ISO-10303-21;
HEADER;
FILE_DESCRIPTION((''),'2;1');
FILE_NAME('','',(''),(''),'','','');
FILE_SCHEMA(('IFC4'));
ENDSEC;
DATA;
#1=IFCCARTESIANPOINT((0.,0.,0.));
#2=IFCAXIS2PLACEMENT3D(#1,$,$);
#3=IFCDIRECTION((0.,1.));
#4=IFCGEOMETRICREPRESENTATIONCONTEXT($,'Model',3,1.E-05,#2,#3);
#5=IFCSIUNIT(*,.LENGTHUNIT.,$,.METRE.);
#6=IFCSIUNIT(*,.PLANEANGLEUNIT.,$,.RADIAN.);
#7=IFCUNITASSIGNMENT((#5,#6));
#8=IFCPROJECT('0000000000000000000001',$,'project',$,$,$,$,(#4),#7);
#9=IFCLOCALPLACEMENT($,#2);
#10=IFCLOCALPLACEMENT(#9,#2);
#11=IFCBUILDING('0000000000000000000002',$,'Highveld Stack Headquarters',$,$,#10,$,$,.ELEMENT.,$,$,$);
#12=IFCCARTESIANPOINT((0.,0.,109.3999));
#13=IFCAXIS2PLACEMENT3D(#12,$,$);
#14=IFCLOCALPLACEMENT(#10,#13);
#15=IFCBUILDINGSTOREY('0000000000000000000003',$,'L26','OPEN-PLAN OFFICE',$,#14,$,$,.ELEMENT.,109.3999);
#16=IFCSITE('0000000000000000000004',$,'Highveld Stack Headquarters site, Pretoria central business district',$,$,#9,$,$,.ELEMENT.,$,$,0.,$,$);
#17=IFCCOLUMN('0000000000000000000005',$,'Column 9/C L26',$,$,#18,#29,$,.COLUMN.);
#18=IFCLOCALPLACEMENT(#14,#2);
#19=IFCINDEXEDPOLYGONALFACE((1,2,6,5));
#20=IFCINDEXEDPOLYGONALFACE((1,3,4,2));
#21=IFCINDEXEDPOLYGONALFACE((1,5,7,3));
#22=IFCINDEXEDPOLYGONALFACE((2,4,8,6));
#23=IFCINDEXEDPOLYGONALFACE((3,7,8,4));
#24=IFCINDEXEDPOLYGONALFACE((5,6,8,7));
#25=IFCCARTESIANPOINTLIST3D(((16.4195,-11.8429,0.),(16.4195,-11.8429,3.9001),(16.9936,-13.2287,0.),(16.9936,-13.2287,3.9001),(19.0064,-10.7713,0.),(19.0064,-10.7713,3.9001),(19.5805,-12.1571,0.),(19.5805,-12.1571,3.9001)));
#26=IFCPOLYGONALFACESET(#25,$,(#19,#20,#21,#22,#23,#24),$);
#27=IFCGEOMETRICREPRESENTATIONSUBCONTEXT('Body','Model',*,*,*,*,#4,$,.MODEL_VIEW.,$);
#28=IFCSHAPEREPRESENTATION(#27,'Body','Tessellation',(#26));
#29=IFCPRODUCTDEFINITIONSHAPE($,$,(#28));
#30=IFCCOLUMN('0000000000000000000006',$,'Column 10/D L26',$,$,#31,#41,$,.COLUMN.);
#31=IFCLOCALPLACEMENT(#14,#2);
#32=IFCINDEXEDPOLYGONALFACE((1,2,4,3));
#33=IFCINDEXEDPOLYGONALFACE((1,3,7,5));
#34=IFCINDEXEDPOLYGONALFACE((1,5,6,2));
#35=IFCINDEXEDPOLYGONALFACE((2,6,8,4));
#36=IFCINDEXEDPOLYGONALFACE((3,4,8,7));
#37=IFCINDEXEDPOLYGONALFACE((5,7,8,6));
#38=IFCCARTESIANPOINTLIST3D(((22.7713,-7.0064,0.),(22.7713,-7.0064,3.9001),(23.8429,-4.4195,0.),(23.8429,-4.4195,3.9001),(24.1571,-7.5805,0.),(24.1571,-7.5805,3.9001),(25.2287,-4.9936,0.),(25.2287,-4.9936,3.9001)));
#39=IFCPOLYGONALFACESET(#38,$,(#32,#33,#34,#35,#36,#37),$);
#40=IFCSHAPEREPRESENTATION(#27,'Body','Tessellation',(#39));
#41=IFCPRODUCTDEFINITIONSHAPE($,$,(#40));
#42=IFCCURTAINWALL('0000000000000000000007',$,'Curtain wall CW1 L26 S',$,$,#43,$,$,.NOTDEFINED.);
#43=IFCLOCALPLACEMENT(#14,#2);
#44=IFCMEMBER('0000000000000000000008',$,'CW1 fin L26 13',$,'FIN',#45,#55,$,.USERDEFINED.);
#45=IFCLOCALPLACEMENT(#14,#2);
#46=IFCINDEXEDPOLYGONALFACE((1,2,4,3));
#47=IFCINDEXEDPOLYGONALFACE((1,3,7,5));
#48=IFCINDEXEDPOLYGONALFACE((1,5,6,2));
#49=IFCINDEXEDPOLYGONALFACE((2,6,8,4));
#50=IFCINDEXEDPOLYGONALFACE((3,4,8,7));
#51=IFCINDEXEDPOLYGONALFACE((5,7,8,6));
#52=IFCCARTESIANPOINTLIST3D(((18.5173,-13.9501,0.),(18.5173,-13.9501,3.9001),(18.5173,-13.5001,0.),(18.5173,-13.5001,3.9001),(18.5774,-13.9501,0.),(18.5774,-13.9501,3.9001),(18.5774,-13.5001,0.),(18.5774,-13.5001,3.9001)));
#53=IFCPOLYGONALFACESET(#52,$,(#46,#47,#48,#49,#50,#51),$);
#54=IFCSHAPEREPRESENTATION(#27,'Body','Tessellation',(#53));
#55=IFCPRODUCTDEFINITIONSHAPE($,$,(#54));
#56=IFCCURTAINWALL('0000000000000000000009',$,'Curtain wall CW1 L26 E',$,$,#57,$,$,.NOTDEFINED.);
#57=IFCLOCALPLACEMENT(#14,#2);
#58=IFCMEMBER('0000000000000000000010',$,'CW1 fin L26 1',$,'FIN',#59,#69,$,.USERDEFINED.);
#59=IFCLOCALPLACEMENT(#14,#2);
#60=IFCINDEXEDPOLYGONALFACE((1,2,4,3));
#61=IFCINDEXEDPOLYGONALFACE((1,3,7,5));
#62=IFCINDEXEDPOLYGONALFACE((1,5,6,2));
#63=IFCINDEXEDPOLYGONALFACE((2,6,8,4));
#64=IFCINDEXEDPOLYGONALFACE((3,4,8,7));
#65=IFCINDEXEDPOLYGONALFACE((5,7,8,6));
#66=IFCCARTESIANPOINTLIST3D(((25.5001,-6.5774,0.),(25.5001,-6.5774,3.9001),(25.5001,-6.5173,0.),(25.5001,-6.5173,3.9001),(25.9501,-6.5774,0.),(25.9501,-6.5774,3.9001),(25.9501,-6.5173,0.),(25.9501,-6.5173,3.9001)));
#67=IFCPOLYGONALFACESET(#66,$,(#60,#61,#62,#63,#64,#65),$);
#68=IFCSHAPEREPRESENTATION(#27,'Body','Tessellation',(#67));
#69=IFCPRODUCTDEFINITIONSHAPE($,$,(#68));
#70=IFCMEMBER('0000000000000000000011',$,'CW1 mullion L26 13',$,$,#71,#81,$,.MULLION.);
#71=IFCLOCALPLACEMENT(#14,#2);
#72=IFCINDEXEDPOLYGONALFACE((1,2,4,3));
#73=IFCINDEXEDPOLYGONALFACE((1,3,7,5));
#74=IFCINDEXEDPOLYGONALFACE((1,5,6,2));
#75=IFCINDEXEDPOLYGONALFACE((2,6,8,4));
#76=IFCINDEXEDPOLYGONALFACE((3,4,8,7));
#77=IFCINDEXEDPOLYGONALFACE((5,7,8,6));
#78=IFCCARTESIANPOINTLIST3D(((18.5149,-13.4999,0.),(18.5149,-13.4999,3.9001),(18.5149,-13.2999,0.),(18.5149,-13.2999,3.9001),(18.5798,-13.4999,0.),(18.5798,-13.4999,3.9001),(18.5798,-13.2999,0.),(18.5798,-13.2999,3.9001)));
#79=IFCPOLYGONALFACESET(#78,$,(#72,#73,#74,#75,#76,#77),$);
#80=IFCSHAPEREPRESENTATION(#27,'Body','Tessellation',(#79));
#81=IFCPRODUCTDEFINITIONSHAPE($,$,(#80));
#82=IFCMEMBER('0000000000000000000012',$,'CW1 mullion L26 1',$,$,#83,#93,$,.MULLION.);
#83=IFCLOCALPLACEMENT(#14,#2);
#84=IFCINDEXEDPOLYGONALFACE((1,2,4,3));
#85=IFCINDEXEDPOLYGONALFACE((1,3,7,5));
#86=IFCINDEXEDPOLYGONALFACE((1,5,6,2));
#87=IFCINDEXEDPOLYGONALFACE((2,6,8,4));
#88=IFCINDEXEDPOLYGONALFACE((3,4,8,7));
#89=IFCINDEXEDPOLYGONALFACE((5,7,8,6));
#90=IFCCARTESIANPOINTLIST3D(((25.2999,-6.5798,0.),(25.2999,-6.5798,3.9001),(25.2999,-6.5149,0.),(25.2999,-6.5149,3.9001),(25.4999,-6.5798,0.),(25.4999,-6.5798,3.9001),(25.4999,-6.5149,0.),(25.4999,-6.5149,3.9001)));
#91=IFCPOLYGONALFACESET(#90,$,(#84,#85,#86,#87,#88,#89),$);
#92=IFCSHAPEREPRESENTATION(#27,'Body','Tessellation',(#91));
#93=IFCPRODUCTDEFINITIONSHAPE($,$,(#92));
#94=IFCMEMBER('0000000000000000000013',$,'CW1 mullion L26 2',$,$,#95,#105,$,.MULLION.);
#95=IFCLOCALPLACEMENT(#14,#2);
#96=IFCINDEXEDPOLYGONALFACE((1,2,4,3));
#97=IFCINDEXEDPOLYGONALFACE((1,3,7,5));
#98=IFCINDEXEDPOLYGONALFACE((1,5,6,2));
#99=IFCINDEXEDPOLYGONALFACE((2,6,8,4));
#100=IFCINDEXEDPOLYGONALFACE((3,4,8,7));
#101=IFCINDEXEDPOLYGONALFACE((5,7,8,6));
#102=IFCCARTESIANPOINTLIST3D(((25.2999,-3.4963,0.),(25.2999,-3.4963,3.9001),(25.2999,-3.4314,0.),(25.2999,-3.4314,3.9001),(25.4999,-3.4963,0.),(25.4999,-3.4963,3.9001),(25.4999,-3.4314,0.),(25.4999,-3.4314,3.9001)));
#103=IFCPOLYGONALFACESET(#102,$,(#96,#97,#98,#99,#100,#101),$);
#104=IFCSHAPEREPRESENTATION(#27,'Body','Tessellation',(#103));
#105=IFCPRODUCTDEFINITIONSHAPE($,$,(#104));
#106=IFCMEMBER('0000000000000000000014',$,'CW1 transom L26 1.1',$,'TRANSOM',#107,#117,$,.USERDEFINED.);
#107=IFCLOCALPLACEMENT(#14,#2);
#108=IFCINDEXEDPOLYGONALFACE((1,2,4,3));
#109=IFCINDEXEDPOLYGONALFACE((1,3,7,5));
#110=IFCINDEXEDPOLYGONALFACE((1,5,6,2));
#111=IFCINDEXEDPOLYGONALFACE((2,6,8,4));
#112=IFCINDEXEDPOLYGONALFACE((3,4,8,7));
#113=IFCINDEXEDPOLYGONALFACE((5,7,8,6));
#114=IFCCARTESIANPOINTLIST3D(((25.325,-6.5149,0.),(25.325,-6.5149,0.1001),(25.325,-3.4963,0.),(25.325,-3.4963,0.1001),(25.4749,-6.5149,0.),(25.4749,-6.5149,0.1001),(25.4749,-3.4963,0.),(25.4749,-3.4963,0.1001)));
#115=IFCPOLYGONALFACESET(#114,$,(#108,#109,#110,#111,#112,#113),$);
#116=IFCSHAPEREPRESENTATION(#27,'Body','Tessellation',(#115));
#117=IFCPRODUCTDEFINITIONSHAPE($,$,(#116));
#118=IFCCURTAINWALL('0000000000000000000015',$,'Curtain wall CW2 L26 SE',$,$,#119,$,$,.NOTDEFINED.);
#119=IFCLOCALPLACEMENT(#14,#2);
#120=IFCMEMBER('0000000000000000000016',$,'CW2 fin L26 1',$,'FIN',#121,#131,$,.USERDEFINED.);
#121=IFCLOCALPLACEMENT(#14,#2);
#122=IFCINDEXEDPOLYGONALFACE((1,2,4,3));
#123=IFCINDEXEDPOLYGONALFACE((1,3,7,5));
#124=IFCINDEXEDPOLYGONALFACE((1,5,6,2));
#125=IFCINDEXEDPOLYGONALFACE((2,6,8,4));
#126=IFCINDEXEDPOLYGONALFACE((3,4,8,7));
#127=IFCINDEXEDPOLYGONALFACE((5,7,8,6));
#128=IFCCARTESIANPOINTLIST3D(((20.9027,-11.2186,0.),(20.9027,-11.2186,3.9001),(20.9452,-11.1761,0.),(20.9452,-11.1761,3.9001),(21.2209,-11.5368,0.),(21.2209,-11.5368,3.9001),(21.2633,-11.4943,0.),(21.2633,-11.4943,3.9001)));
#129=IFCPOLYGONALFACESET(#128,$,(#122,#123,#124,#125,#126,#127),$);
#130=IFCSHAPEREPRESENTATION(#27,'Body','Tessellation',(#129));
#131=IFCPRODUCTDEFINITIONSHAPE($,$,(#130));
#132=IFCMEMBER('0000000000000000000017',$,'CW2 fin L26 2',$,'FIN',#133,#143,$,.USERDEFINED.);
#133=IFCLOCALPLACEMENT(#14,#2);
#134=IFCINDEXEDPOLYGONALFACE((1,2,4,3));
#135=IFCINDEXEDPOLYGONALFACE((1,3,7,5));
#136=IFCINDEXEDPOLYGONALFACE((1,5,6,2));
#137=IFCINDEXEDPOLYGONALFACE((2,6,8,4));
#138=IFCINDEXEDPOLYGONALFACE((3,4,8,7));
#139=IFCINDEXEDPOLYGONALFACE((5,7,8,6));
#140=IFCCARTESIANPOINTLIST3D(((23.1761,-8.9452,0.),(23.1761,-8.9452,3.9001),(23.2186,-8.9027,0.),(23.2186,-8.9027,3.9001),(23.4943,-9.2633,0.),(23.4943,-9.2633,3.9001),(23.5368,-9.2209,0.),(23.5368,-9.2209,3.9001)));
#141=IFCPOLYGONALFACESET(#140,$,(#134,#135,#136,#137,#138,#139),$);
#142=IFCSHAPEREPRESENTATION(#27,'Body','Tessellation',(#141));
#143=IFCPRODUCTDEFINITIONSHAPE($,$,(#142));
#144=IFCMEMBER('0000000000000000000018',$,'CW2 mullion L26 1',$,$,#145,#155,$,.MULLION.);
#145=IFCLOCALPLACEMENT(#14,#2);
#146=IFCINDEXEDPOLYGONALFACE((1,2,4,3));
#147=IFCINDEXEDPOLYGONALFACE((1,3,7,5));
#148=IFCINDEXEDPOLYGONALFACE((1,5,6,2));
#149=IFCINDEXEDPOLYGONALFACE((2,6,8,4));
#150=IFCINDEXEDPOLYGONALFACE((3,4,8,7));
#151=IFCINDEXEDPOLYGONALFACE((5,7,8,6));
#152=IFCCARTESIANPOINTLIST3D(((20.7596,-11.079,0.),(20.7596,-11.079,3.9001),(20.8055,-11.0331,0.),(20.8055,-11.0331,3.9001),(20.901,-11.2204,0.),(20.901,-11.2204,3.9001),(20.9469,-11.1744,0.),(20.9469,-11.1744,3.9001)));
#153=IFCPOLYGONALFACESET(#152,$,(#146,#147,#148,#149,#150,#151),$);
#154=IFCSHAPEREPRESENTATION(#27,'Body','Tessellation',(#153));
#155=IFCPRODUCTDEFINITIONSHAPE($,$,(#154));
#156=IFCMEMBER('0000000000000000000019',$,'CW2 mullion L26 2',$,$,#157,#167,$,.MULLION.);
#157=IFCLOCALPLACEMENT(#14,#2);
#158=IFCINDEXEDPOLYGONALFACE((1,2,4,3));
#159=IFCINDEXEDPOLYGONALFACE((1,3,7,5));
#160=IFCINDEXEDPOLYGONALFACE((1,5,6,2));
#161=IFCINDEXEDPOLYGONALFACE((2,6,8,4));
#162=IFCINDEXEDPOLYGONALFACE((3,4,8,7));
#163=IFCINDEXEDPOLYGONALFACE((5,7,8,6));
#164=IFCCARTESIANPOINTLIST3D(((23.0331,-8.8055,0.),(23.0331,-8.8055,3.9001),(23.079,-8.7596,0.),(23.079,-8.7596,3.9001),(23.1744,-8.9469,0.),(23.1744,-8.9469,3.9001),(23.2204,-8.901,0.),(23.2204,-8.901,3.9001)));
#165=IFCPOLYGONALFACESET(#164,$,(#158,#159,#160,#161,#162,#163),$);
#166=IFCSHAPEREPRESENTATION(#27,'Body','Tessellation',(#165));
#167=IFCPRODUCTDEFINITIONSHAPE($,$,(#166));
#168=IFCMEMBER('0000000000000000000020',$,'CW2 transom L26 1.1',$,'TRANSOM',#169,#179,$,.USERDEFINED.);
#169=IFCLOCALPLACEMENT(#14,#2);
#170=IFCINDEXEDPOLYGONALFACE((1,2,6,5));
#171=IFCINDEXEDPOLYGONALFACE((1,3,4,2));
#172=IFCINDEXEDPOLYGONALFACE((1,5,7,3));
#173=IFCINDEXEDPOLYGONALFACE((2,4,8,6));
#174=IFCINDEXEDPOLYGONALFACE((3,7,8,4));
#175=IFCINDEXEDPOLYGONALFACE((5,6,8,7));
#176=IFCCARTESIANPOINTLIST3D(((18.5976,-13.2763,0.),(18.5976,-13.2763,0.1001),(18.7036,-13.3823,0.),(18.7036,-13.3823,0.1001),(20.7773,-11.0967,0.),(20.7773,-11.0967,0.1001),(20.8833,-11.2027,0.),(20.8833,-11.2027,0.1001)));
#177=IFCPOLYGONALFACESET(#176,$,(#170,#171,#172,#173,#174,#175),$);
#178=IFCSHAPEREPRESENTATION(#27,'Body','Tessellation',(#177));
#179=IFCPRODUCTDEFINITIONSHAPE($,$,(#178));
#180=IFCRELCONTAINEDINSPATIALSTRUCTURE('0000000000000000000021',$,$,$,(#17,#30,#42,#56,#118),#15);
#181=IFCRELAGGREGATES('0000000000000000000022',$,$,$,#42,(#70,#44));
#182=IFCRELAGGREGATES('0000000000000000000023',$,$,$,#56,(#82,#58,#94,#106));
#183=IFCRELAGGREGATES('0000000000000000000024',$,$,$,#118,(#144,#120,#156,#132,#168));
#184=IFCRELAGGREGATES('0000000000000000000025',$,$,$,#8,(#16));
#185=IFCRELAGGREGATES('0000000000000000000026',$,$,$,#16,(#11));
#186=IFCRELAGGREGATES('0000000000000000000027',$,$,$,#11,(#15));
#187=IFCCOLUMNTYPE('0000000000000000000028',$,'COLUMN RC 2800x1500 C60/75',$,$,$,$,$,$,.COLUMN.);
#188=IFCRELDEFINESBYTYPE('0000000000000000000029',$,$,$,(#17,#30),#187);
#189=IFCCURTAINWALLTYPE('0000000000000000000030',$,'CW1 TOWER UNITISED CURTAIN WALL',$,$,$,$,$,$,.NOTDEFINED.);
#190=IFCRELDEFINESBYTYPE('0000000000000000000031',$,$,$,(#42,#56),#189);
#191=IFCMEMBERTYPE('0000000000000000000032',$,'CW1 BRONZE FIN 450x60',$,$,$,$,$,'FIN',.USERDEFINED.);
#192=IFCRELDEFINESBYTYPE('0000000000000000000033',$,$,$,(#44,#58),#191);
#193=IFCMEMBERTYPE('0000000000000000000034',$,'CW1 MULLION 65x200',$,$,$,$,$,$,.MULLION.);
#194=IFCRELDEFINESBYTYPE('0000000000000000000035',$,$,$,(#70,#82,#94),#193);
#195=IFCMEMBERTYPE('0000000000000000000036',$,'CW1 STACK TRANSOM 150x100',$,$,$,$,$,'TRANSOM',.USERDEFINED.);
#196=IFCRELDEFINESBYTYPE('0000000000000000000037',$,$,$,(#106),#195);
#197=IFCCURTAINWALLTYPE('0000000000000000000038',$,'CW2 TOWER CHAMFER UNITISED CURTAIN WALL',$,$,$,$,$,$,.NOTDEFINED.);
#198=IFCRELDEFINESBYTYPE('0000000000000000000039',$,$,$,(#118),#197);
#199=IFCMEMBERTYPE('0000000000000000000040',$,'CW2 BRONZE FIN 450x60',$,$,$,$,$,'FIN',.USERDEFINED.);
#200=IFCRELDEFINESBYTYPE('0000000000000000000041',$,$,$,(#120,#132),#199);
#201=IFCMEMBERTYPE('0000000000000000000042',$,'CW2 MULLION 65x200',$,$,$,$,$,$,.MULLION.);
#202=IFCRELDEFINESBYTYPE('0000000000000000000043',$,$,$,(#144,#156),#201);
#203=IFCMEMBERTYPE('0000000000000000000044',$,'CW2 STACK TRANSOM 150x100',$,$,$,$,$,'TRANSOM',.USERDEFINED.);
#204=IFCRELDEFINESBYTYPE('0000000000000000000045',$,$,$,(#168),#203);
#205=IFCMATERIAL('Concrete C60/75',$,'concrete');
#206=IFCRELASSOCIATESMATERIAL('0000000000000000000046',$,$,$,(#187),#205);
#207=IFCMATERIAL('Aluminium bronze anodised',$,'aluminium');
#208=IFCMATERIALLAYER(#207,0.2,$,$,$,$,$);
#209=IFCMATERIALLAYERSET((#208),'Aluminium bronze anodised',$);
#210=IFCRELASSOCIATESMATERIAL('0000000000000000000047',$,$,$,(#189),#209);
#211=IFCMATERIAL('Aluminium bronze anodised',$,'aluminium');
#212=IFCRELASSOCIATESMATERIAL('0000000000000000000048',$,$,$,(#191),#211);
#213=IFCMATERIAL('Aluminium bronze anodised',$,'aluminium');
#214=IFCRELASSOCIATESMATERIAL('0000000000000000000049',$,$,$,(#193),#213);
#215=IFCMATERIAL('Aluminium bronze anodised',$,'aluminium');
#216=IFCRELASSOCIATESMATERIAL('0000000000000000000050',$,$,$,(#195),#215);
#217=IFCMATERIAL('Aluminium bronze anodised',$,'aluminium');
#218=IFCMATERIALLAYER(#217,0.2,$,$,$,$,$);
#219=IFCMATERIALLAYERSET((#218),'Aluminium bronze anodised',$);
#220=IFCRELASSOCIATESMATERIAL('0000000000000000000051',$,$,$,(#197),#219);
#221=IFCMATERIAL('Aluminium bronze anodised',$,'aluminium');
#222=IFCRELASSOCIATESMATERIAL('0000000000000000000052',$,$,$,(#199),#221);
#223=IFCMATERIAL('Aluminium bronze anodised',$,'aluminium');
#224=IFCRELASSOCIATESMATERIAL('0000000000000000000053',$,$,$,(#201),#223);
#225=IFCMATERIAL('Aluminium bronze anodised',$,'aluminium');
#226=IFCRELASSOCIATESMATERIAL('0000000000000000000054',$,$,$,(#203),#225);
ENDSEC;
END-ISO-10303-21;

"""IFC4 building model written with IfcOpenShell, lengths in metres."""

from ifc_helpers import new_model, si_unit, direction, frame, origin, origin_2d, place, context, subcontext, project, spatial, rectangle, extrude, material, layer, layer_set, material_profile, profile_set, type_object, element, aggregate, save


model = new_model("IFC4")

# Units and contexts
model_context = context("Model", 3, precision=1e-05, world=origin(), true_north=direction((0.0, 1.0)))
body_context = subcontext(model_context, "Body", "Model", "MODEL_VIEW")
ifc_project = project(units=[si_unit("LENGTHUNIT", "METRE"), si_unit("PLANEANGLEUNIT", "RADIAN")], contexts=[model_context])

# Site, building, storey
site_placement = place(None, origin())
site = spatial("IfcSite", under=ifc_project, at=site_placement, Name="Highveld Stack Headquarters site, Pretoria central business district", CompositionType="ELEMENT", RefElevation=0.0)
building_placement = place(site_placement, origin())
building = spatial("IfcBuilding", under=site, at=building_placement, Name="Highveld Stack Headquarters", CompositionType="ELEMENT")
storey_placement = place(building_placement, frame((0.0, 0.0, 109.3999)))
storey = spatial("IfcBuildingStorey", under=building, at=storey_placement, Name="L26", Description="OPEN-PLAN OFFICE", CompositionType="ELEMENT", Elevation=109.3999)

# Columns
ifc_material_1 = material(Name="Concrete C60/75", Category="concrete")
ifc_material_profile_1 = material_profile(ifc_material_1, rectangle(XDim=2.8, YDim=1.5, at=origin_2d()), Name="RC 2800x1500")
ifc_profile_set_1 = profile_set([ifc_material_profile_1], Name="Concrete C60/75")
column_type = type_object("IfcColumnType", Name="COLUMN RC 2800x1500 C60/75", PredefinedType="COLUMN", material=ifc_profile_set_1)
for number, where, z_axis, x_axis, name in (
    (1, (18.0, -12.0, 0.0), (0.0, 0.0, 1.0), (-0.92388, -0.382683, 0.0), "Column 9/C L26"),
    (2, (24.0, -6.0, 0.0), (0.0, 0.0, 1.0), (-0.382683, -0.92388, 0.0), "Column 10/D L26"),
):
    element("IfcColumn", number, at=place(storey_placement, frame(where, z_axis=z_axis, x_axis=x_axis)), inside=storey, type_object=column_type, Name=name, PredefinedType="COLUMN", context=body_context, shape_type="SweptSolid", body=[
        extrude(rectangle(XDim=2.8, YDim=1.5, at=origin_2d()), origin(), (0.0, 0.0, 1.0), 3.9001),
    ])

# Curtain walls, members
ifc_material_2 = material(Name="Aluminium bronze anodised", Category="aluminium")
ifc_layer_1 = layer(ifc_material_2, 0.2)
ifc_layer_set_1 = layer_set([ifc_layer_1], Name="Aluminium bronze anodised")
curtain_wall_type_1 = type_object("IfcCurtainWallType", Name="CW1 TOWER UNITISED CURTAIN WALL", PredefinedType="NOTDEFINED", material=ifc_layer_set_1)
curtain_wall_1_placement = place(storey_placement, origin())
curtain_wall_1 = element("IfcCurtainWall", 3, at=curtain_wall_1_placement, inside=storey, type_object=curtain_wall_type_1, Name="Curtain wall CW1 L26 S", PredefinedType="NOTDEFINED")
ifc_material_3 = material(Name="Aluminium bronze anodised", Category="aluminium")
ifc_material_profile_2 = material_profile(ifc_material_3, rectangle(XDim=0.45, YDim=0.0601, at=origin_2d()), Name="FIN 450x60")
ifc_profile_set_2 = profile_set([ifc_material_profile_2], Name="Aluminium bronze anodised")
member_type_1 = type_object("IfcMemberType", Name="CW1 BRONZE FIN 450x60", ElementType="FIN", PredefinedType="USERDEFINED", material=ifc_profile_set_2)
member_1_placement = place(storey_placement, frame((18.5474, -13.7251, 0.0), z_axis=(0.0, 0.0, 1.0), x_axis=(0.0, 1.0, 0.0)))
member_1 = element("IfcMember", 4, at=member_1_placement, type_object=member_type_1, Name="CW1 fin L26 13", ObjectType="FIN", PredefinedType="USERDEFINED", context=body_context, shape_type="SweptSolid", body=[
    extrude(rectangle(XDim=0.45, YDim=0.0601, at=origin_2d()), origin(), (0.0, 0.0, 1.0), 3.9001),
])
curtain_wall_2_placement = place(storey_placement, origin())
curtain_wall_2 = element("IfcCurtainWall", 5, at=curtain_wall_2_placement, inside=storey, type_object=curtain_wall_type_1, Name="Curtain wall CW1 L26 E", PredefinedType="NOTDEFINED")
member_2_placement = place(storey_placement, frame((25.7251, -6.5474, 0.0), z_axis=(0.0, 0.0, 1.0), x_axis=(-1.0, 0.0, 0.0)))
member_2 = element("IfcMember", 6, at=member_2_placement, type_object=member_type_1, Name="CW1 fin L26 1", ObjectType="FIN", PredefinedType="USERDEFINED", context=body_context, shape_type="SweptSolid", body=[
    extrude(rectangle(XDim=0.45, YDim=0.0601, at=origin_2d()), origin(), (0.0, 0.0, 1.0), 3.9001),
])

# Members
ifc_material_4 = material(Name="Aluminium bronze anodised", Category="aluminium")
ifc_material_profile_3 = material_profile(ifc_material_4, rectangle(XDim=0.2, YDim=0.0649, at=origin_2d()), Name="CW1 MULLION 65x200")
ifc_profile_set_3 = profile_set([ifc_material_profile_3], Name="Aluminium bronze anodised")
member_type_2 = type_object("IfcMemberType", Name="CW1 MULLION 65x200", PredefinedType="MULLION", material=ifc_profile_set_3)
member_3_placement = place(storey_placement, frame((18.5474, -13.3999, 0.0), z_axis=(0.0, 0.0, 1.0), x_axis=(0.0, 1.0, 0.0)))
member_3 = element("IfcMember", 7, at=member_3_placement, type_object=member_type_2, Name="CW1 mullion L26 13", PredefinedType="MULLION", context=body_context, shape_type="SweptSolid", body=[
    extrude(rectangle(XDim=0.2, YDim=0.0649, at=origin_2d()), origin(), (0.0, 0.0, 1.0), 3.9001),
])
member_4_placement = place(storey_placement, frame((25.3999, -6.5474, 0.0), z_axis=(0.0, 0.0, 1.0), x_axis=(-1.0, 0.0, 0.0)))
member_4 = element("IfcMember", 8, at=member_4_placement, type_object=member_type_2, Name="CW1 mullion L26 1", PredefinedType="MULLION", context=body_context, shape_type="SweptSolid", body=[
    extrude(rectangle(XDim=0.2, YDim=0.0649, at=origin_2d()), origin(), (0.0, 0.0, 1.0), 3.9001),
])
member_5_placement = place(storey_placement, frame((25.3999, -3.4639, 0.0), z_axis=(0.0, 0.0, 1.0), x_axis=(-1.0, 0.0, 0.0)))
member_5 = element("IfcMember", 9, at=member_5_placement, type_object=member_type_2, Name="CW1 mullion L26 2", PredefinedType="MULLION", context=body_context, shape_type="SweptSolid", body=[
    extrude(rectangle(XDim=0.2, YDim=0.0649, at=origin_2d()), origin(), (0.0, 0.0, 1.0), 3.9001),
])
ifc_material_5 = material(Name="Aluminium bronze anodised", Category="aluminium")
ifc_material_profile_4 = material_profile(ifc_material_5, rectangle(XDim=0.1499, YDim=0.1001, at=origin_2d()), Name="CW1 TRANSOM 150x100")
ifc_profile_set_4 = profile_set([ifc_material_profile_4], Name="Aluminium bronze anodised")
member_type_3 = type_object("IfcMemberType", Name="CW1 STACK TRANSOM 150x100", ElementType="TRANSOM", PredefinedType="USERDEFINED", material=ifc_profile_set_4)
member_6_placement = place(storey_placement, frame((25.3999, -6.5149, 0.05), z_axis=(0.0, 1.0, 0.0), x_axis=(-1.0, 0.0, 0.0)))
member_6 = element("IfcMember", 10, at=member_6_placement, type_object=member_type_3, Name="CW1 transom L26 1.1", ObjectType="TRANSOM", PredefinedType="USERDEFINED", context=body_context, shape_type="SweptSolid", body=[
    extrude(rectangle(XDim=0.1499, YDim=0.1001, at=origin_2d()), origin(), (0.0, 0.0, 1.0), 3.0186),
])

# Curtain wall, members
ifc_material_6 = material(Name="Aluminium bronze anodised", Category="aluminium")
ifc_layer_2 = layer(ifc_material_6, 0.2)
ifc_layer_set_2 = layer_set([ifc_layer_2], Name="Aluminium bronze anodised")
curtain_wall_type_2 = type_object("IfcCurtainWallType", Name="CW2 TOWER CHAMFER UNITISED CURTAIN WALL", PredefinedType="NOTDEFINED", material=ifc_layer_set_2)
curtain_wall_3_placement = place(storey_placement, origin())
curtain_wall_3 = element("IfcCurtainWall", 11, at=curtain_wall_3_placement, inside=storey, type_object=curtain_wall_type_2, Name="Curtain wall CW2 L26 SE", PredefinedType="NOTDEFINED")
ifc_material_7 = material(Name="Aluminium bronze anodised", Category="aluminium")
ifc_material_profile_5 = material_profile(ifc_material_7, rectangle(XDim=0.45, YDim=0.0601, at=origin_2d()), Name="FIN 450x60")
ifc_profile_set_5 = profile_set([ifc_material_profile_5], Name="Aluminium bronze anodised")
member_type_4 = type_object("IfcMemberType", Name="CW2 BRONZE FIN 450x60", ElementType="FIN", PredefinedType="USERDEFINED", material=ifc_profile_set_5)
member_7_placement = place(storey_placement, frame((21.083, -11.3564, 0.0), z_axis=(0.0, 0.0, 1.0), x_axis=(-0.707107, 0.707107, 0.0)))
member_7 = element("IfcMember", 12, at=member_7_placement, type_object=member_type_4, Name="CW2 fin L26 1", ObjectType="FIN", PredefinedType="USERDEFINED", context=body_context, shape_type="SweptSolid", body=[
    extrude(rectangle(XDim=0.45, YDim=0.0601, at=origin_2d()), origin(), (0.0, 0.0, 1.0), 3.9001),
])
member_8_placement = place(storey_placement, frame((23.3564, -9.083, 0.0), z_axis=(0.0, 0.0, 1.0), x_axis=(-0.707107, 0.707107, 0.0)))
member_8 = element("IfcMember", 13, at=member_8_placement, type_object=member_type_4, Name="CW2 fin L26 2", ObjectType="FIN", PredefinedType="USERDEFINED", context=body_context, shape_type="SweptSolid", body=[
    extrude(rectangle(XDim=0.45, YDim=0.0601, at=origin_2d()), origin(), (0.0, 0.0, 1.0), 3.9001),
])
ifc_material_8 = material(Name="Aluminium bronze anodised", Category="aluminium")
ifc_material_profile_6 = material_profile(ifc_material_8, rectangle(XDim=0.2, YDim=0.0649, at=origin_2d()), Name="CW2 MULLION 65x200")
ifc_profile_set_6 = profile_set([ifc_material_profile_6], Name="Aluminium bronze anodised")
member_type_5 = type_object("IfcMemberType", Name="CW2 MULLION 65x200", PredefinedType="MULLION", material=ifc_profile_set_6)
member_9_placement = place(storey_placement, frame((20.8533, -11.1267, 0.0), z_axis=(0.0, 0.0, 1.0), x_axis=(-0.707107, 0.707107, 0.0)))
member_9 = element("IfcMember", 14, at=member_9_placement, type_object=member_type_5, Name="CW2 mullion L26 1", PredefinedType="MULLION", context=body_context, shape_type="SweptSolid", body=[
    extrude(rectangle(XDim=0.2, YDim=0.0649, at=origin_2d()), origin(), (0.0, 0.0, 1.0), 3.9001),
])
member_10_placement = place(storey_placement, frame((23.1267, -8.8533, 0.0), z_axis=(0.0, 0.0, 1.0), x_axis=(-0.707107, 0.707107, 0.0)))
member_10 = element("IfcMember", 15, at=member_10_placement, type_object=member_type_5, Name="CW2 mullion L26 2", PredefinedType="MULLION", context=body_context, shape_type="SweptSolid", body=[
    extrude(rectangle(XDim=0.2, YDim=0.0649, at=origin_2d()), origin(), (0.0, 0.0, 1.0), 3.9001),
])
ifc_material_9 = material(Name="Aluminium bronze anodised", Category="aluminium")
ifc_material_profile_7 = material_profile(ifc_material_9, rectangle(XDim=0.1499, YDim=0.1001, at=origin_2d()), Name="CW2 TRANSOM 150x100")
ifc_profile_set_7 = profile_set([ifc_material_profile_7], Name="Aluminium bronze anodised")
member_type_6 = type_object("IfcMemberType", Name="CW2 STACK TRANSOM 150x100", ElementType="TRANSOM", PredefinedType="USERDEFINED", material=ifc_profile_set_7)
member_11_placement = place(storey_placement, frame((18.6506, -13.3293, 0.05), z_axis=(0.707107, 0.707107, 0.0), x_axis=(-0.707107, 0.707107, 0.0)))
member_11 = element("IfcMember", 16, at=member_11_placement, type_object=member_type_6, Name="CW2 transom L26 1.1", ObjectType="TRANSOM", PredefinedType="USERDEFINED", context=body_context, shape_type="SweptSolid", body=[
    extrude(rectangle(XDim=0.1499, YDim=0.1001, at=origin_2d()), origin(), (0.0, 0.0, 1.0), 3.0825),
])

aggregate(curtain_wall_1, [member_3, member_1])
aggregate(curtain_wall_2, [member_4, member_2, member_5, member_6])
aggregate(curtain_wall_3, [member_9, member_7, member_10, member_8, member_11])

save(model, "model.ifc")
